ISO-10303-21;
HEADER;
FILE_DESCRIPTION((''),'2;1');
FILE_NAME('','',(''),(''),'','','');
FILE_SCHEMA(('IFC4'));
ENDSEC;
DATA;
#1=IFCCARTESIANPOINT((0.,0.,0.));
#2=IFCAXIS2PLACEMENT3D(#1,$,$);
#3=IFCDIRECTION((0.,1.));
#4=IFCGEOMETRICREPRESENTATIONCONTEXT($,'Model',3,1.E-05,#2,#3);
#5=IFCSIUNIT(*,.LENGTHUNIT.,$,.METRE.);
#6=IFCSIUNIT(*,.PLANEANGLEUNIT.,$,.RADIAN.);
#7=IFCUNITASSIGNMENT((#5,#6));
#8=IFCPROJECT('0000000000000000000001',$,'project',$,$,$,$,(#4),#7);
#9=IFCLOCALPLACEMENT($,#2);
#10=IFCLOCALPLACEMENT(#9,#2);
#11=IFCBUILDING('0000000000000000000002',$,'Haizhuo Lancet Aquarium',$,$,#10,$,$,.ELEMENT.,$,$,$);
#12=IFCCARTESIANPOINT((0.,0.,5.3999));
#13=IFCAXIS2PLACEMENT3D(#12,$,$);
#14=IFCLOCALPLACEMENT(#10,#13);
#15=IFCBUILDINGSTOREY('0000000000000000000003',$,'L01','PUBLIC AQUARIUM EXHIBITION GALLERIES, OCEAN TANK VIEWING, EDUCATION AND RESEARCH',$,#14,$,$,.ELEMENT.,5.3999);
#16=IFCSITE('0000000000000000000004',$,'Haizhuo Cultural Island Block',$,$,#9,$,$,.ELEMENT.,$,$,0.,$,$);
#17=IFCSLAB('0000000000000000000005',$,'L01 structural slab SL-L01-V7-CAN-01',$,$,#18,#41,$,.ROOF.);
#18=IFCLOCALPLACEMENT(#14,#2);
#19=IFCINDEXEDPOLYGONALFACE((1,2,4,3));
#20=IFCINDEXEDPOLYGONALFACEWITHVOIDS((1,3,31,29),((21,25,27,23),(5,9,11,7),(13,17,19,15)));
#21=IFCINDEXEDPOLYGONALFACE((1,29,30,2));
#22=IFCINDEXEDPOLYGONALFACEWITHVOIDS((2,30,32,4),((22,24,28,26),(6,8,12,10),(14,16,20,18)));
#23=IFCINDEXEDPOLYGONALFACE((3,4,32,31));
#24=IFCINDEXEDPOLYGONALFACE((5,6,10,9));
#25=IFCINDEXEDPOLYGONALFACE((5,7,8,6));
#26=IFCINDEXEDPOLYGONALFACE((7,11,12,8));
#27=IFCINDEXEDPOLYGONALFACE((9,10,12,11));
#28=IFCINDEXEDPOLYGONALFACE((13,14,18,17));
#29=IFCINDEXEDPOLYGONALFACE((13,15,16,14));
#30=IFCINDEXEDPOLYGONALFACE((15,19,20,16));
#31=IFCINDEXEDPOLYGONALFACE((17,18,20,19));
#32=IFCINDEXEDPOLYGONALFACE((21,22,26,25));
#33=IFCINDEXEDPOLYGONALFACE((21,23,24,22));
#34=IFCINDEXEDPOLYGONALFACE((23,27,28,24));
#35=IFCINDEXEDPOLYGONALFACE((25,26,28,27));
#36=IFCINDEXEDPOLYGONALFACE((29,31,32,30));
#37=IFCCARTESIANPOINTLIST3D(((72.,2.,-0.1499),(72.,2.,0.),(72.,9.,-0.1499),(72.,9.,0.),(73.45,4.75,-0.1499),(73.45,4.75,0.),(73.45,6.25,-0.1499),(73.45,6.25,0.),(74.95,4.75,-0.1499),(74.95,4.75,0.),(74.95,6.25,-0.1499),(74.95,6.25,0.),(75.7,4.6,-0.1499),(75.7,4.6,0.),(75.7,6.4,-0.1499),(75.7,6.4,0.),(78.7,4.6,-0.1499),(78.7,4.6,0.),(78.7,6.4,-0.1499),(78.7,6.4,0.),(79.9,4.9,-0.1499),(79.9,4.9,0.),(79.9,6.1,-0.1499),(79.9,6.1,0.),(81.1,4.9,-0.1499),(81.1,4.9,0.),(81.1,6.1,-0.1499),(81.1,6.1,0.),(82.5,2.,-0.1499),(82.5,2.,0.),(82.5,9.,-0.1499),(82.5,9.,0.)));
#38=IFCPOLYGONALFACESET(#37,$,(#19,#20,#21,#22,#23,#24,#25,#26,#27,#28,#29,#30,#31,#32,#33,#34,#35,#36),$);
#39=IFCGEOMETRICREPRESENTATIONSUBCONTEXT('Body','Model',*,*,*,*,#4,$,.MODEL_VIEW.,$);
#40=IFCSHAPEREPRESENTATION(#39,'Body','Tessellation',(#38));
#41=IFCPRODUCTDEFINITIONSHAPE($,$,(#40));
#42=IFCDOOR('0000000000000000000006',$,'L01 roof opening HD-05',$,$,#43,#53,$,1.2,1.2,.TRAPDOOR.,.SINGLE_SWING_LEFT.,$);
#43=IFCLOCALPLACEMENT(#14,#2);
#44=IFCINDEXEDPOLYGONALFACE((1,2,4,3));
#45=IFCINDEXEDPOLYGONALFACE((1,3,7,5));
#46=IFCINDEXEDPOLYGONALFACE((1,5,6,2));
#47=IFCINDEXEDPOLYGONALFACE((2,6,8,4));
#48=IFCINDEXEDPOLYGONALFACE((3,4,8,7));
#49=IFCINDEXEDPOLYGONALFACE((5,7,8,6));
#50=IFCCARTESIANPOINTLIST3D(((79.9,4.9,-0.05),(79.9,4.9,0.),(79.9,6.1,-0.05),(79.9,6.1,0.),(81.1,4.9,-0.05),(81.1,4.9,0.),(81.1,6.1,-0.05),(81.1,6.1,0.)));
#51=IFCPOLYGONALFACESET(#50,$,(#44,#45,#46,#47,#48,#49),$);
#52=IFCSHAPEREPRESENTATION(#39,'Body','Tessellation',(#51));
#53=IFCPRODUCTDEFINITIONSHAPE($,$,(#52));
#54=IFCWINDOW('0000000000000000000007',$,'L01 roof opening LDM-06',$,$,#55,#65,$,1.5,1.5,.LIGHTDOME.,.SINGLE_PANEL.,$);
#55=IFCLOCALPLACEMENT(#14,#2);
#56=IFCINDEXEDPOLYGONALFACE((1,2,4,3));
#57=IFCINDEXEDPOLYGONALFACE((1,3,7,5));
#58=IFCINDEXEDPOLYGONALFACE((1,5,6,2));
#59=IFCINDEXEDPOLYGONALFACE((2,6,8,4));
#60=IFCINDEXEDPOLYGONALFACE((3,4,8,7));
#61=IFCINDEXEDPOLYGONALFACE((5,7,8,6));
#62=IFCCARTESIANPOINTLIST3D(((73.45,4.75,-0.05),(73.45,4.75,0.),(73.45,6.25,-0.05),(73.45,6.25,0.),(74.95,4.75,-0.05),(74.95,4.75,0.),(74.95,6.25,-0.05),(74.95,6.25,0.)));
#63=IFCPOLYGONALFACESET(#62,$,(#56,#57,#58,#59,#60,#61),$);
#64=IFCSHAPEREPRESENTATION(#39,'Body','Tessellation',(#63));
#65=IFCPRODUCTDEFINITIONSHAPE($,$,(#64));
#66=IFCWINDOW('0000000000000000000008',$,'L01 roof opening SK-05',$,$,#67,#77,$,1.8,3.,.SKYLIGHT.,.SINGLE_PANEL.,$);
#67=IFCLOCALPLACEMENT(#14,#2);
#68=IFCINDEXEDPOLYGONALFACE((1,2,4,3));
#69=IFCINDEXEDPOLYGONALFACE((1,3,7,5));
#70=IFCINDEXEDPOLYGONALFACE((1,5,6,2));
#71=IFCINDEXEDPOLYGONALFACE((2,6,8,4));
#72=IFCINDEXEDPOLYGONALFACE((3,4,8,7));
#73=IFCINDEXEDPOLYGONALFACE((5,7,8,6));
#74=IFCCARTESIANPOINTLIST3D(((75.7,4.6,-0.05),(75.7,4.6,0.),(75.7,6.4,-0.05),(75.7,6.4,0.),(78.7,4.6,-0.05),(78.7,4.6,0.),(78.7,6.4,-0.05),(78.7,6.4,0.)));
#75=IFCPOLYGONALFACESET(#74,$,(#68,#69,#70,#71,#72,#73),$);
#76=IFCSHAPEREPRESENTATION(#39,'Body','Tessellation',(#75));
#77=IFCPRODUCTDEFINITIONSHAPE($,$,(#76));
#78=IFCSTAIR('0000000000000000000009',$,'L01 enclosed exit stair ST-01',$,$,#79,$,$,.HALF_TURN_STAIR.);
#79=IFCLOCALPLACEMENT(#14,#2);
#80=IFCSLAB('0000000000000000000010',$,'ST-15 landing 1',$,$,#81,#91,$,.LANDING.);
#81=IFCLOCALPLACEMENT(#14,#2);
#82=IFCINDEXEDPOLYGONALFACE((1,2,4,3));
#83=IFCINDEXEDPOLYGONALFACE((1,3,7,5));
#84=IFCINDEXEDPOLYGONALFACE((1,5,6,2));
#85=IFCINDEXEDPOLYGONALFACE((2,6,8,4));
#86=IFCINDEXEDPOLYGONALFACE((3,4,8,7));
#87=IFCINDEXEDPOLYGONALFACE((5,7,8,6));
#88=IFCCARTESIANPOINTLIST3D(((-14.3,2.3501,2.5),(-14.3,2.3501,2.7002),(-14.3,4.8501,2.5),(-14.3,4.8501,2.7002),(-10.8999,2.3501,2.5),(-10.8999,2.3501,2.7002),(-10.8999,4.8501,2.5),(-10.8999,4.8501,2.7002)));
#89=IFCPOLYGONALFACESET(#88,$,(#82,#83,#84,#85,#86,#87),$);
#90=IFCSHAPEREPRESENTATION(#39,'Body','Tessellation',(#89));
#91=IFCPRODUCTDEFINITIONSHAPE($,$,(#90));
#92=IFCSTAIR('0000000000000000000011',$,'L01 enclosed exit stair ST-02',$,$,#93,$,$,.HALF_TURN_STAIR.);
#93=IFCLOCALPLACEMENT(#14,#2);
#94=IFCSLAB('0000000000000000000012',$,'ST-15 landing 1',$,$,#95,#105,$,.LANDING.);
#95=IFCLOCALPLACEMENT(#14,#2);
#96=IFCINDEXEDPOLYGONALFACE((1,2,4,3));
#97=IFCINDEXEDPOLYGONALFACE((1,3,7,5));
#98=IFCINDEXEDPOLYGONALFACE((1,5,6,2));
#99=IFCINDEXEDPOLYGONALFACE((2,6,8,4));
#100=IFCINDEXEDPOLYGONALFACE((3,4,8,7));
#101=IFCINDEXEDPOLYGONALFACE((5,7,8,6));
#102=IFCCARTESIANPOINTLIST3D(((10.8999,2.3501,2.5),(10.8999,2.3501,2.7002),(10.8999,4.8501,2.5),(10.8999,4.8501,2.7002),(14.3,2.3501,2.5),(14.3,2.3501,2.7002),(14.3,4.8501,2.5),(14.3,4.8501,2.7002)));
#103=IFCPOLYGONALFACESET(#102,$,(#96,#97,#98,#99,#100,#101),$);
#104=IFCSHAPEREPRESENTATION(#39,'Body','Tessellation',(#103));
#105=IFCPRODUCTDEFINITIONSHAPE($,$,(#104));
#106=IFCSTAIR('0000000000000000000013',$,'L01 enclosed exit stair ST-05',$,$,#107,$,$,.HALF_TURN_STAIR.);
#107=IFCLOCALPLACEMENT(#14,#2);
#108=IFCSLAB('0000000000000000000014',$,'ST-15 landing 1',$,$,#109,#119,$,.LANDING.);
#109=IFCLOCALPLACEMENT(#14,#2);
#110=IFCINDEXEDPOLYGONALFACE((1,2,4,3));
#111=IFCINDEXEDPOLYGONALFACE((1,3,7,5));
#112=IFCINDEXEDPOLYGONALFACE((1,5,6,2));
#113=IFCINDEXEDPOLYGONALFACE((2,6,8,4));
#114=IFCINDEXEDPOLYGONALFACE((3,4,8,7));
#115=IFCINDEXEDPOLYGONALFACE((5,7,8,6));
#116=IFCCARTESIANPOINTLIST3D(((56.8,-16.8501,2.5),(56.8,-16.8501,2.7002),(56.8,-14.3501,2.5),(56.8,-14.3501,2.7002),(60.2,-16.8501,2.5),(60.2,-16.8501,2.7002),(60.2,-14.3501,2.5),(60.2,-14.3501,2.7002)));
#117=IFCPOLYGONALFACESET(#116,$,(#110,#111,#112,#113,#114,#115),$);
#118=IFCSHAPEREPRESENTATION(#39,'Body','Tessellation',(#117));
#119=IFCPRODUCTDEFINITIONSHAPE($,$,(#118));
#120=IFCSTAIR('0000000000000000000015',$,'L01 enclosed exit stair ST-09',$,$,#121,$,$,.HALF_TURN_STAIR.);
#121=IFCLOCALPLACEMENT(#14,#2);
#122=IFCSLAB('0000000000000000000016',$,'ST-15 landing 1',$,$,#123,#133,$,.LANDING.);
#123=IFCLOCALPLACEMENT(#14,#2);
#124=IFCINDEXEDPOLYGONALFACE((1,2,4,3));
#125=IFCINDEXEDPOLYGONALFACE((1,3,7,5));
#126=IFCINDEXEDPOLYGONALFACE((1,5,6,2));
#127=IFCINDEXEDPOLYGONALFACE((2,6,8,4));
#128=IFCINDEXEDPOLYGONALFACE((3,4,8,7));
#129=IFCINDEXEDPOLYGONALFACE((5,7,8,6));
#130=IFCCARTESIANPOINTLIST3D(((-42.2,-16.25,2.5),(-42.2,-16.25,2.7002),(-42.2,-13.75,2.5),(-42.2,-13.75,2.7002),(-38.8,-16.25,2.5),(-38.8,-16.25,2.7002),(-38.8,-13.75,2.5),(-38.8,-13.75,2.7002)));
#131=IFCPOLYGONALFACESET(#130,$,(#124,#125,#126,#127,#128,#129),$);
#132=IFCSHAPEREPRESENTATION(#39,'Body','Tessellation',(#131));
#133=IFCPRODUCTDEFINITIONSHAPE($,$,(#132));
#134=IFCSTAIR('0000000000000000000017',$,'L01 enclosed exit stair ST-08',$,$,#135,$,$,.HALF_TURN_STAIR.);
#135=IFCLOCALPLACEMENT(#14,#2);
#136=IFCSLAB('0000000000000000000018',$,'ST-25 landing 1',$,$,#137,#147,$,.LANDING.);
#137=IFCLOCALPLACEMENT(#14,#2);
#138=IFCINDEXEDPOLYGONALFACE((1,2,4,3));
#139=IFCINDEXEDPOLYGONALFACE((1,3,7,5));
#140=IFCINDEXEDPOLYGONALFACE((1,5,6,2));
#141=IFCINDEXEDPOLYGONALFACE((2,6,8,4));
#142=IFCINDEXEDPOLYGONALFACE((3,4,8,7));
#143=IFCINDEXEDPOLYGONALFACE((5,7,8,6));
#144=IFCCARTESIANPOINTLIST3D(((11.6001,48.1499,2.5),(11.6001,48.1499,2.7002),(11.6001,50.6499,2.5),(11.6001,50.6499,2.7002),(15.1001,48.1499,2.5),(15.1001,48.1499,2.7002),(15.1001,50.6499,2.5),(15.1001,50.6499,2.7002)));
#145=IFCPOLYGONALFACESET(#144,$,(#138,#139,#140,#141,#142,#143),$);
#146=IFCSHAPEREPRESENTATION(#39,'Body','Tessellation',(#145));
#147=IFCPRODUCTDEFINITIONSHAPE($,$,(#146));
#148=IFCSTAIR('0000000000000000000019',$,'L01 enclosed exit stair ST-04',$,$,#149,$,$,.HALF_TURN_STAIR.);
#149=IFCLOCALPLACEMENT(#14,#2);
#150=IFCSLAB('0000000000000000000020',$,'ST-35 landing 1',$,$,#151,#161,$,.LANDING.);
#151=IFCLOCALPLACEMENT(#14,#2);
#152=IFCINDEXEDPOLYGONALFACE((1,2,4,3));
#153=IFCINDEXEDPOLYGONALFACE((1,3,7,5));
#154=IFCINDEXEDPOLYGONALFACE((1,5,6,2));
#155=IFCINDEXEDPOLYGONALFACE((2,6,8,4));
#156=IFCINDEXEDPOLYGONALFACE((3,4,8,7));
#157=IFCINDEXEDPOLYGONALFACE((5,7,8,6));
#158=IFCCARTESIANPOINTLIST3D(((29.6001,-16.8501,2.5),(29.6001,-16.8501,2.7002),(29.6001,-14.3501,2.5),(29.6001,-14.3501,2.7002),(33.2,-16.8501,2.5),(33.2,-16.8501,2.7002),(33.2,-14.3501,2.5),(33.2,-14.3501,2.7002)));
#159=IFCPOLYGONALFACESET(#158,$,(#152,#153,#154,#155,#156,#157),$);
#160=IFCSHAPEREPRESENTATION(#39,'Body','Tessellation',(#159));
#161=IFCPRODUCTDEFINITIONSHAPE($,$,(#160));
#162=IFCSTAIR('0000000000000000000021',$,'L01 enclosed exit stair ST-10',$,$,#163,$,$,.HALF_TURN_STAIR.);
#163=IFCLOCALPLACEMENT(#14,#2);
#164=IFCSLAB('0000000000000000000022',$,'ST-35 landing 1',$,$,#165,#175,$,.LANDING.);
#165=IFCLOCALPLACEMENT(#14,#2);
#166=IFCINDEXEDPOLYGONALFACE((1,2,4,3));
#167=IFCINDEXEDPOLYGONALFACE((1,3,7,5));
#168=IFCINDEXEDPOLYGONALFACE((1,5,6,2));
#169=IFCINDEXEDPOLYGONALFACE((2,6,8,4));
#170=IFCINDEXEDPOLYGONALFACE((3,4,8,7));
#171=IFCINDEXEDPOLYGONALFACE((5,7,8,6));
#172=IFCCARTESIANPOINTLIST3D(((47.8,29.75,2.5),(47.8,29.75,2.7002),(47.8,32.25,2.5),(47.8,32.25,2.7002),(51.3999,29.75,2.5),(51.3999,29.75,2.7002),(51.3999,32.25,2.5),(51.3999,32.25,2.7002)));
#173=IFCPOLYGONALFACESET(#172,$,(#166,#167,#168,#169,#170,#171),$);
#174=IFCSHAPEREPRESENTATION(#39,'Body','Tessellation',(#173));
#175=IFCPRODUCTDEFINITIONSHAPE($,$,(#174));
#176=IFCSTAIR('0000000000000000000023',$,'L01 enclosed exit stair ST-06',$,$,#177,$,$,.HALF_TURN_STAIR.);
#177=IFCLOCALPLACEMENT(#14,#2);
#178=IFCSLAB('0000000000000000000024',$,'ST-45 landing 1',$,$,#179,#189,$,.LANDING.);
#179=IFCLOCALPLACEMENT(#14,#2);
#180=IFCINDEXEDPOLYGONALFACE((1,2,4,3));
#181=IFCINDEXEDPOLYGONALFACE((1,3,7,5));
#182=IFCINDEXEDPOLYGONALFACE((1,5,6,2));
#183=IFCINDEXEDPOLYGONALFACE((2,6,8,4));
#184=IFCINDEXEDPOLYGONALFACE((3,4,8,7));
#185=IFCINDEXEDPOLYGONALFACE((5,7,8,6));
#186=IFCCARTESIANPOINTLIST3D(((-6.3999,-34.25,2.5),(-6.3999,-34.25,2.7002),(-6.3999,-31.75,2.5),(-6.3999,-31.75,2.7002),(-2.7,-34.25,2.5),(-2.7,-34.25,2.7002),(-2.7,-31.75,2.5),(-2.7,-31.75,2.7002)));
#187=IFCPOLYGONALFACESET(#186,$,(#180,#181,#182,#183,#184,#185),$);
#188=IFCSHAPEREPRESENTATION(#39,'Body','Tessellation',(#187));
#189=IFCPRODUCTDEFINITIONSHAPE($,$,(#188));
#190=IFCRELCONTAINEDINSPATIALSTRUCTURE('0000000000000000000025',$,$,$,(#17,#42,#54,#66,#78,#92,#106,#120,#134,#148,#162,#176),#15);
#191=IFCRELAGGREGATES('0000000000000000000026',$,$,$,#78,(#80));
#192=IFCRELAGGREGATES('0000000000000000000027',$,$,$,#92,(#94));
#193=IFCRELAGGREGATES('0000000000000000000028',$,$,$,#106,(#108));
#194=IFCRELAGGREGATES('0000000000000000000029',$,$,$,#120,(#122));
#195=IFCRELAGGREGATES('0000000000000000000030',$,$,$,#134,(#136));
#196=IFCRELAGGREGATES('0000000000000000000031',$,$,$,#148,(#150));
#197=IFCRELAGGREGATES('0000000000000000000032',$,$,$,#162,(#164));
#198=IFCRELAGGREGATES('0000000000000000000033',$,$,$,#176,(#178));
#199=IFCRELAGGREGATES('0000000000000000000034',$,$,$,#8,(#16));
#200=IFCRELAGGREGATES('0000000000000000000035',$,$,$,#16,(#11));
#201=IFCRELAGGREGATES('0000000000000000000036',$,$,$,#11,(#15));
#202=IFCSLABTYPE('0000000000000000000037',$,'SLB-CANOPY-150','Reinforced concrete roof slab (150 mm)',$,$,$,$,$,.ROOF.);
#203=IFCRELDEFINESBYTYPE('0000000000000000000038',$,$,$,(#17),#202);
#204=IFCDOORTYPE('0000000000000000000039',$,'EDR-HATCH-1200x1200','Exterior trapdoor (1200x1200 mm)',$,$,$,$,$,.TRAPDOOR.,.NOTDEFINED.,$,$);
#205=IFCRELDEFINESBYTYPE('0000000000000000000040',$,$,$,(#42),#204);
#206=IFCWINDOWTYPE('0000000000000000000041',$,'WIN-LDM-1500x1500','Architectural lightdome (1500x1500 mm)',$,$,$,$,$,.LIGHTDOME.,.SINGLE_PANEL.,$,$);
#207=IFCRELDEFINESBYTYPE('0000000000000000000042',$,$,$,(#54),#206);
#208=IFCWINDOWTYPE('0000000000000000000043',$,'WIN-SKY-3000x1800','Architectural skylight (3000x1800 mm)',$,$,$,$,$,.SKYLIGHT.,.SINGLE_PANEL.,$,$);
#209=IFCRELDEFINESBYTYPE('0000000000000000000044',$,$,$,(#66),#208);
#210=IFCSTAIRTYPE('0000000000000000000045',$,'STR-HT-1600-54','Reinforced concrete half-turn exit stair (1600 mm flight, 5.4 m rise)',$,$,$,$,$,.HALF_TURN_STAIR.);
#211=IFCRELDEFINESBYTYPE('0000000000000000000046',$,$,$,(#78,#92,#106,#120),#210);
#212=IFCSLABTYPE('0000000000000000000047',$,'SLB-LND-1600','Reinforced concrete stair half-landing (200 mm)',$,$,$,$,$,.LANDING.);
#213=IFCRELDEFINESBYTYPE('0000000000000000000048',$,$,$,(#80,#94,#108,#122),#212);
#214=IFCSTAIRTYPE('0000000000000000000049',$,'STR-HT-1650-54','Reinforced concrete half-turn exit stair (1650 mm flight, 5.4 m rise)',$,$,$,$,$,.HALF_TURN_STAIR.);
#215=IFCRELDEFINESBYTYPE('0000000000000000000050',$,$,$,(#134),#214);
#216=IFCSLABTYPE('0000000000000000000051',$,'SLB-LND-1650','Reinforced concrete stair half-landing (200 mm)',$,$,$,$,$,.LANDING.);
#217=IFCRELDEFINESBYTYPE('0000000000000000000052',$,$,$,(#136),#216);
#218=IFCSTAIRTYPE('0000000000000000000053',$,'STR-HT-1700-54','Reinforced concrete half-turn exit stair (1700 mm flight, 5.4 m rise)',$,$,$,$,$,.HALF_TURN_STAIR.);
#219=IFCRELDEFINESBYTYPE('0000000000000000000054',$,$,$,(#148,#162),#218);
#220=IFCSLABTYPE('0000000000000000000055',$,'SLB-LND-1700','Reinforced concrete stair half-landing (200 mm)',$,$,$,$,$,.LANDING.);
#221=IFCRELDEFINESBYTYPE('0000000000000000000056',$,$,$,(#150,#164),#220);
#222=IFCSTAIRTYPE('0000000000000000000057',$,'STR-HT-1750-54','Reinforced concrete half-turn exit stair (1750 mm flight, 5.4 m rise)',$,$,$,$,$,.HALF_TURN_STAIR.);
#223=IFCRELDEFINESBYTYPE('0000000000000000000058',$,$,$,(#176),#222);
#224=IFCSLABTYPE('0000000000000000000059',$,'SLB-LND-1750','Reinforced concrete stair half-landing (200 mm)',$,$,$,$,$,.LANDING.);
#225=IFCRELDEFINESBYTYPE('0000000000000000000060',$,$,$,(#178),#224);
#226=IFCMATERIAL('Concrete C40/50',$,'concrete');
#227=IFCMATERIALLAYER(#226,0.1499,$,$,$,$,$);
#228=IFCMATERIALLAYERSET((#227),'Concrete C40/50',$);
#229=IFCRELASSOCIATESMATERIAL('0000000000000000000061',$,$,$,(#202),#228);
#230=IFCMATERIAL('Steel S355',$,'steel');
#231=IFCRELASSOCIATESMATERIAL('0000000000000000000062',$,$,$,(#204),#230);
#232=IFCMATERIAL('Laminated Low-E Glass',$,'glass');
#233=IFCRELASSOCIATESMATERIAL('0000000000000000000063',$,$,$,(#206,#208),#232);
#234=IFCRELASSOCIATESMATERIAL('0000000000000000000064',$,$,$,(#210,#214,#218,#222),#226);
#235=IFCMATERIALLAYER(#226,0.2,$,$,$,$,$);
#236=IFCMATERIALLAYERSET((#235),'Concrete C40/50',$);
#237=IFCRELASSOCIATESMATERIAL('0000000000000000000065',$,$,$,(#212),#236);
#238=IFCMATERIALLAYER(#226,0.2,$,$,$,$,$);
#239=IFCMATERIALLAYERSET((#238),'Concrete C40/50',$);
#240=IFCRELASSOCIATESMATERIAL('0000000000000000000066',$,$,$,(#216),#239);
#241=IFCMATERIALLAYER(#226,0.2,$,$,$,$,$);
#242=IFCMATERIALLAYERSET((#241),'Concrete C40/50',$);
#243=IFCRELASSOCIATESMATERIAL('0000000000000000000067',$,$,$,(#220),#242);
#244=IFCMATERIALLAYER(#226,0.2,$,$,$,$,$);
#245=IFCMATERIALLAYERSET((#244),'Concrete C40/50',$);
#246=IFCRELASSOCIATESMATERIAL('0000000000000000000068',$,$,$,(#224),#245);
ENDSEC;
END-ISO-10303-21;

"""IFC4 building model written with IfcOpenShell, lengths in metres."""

from ifc_helpers import new_model, si_unit, direction, frame, origin, origin_2d, place, context, subcontext, project, spatial, polyline, rectangle, outline, extrude, material, layer, layer_set, type_object, element, fill, aggregate, save


model = new_model("IFC4")

# Units and contexts
model_context = context("Model", 3, precision=1e-05, world=origin(), true_north=direction((0.0, 1.0)))
body_context = subcontext(model_context, "Body", "Model", "MODEL_VIEW")
ifc_project = project(units=[si_unit("LENGTHUNIT", "METRE"), si_unit("PLANEANGLEUNIT", "RADIAN")], contexts=[model_context])

# Site, building, storey
site_placement = place(None, origin())
site = spatial("IfcSite", under=ifc_project, at=site_placement, Name="Haizhuo Cultural Island Block", CompositionType="ELEMENT", RefElevation=0.0)
building_placement = place(site_placement, origin())
building = spatial("IfcBuilding", under=site, at=building_placement, Name="Haizhuo Lancet Aquarium", CompositionType="ELEMENT")
storey_placement = place(building_placement, frame((0.0, 0.0, 5.3999)))
storey = spatial("IfcBuildingStorey", under=building, at=storey_placement, Name="L01", Description="PUBLIC AQUARIUM EXHIBITION GALLERIES, OCEAN TANK VIEWING, EDUCATION AND RESEARCH", CompositionType="ELEMENT", Elevation=5.3999)

# Shared definitions
ifc_material_1 = material(Name="Concrete C40/50", Category="concrete")
ifc_material_2 = material(Name="Steel S355", Category="steel")

# Slab, openings, door, windows
ifc_layer_1 = layer(ifc_material_1, 0.1499)
ifc_layer_set_1 = layer_set([ifc_layer_1], Name="Concrete C40/50")
slab_type_1 = type_object("IfcSlabType", Name="SLB-CANOPY-150", Description="Reinforced concrete roof slab (150 mm)", PredefinedType="ROOF", material=ifc_layer_set_1)
slab_1_placement = place(storey_placement, frame((0.0, 0.0, -0.1499)))
slab_1 = element("IfcSlab", 1, at=slab_1_placement, inside=storey, type_object=slab_type_1, Name="L01 structural slab SL-L01-V7-CAN-01", PredefinedType="ROOF", context=body_context, shape_type="SweptSolid", body=[
    extrude(outline(polyline([(72.0, 2.0), (82.5, 2.0), (82.5, 9.0), (72.0, 9.0), (72.0, 2.0)])), origin(), (0.0, 0.0, 1.0), 0.1499),
])
opening_1_placement = place(slab_1_placement, frame((77.2, 5.5, 0.0)))
opening_1 = element("IfcOpeningElement", 2, at=opening_1_placement, cuts=slab_1, PredefinedType="OPENING", context=body_context, shape_type="SweptSolid", body=[
    extrude(rectangle(XDim=3.0, YDim=1.8, at=origin_2d()), origin(), (0.0, 0.0, 1.0), 0.1499),
])
opening_2_placement = place(slab_1_placement, frame((74.2, 5.5, 0.0)))
opening_2 = element("IfcOpeningElement", 3, at=opening_2_placement, cuts=slab_1, PredefinedType="OPENING", context=body_context, shape_type="SweptSolid", body=[
    extrude(rectangle(XDim=1.5, YDim=1.5, at=origin_2d()), origin(), (0.0, 0.0, 1.0), 0.1499),
])
opening_3_placement = place(slab_1_placement, frame((80.5, 5.5, 0.0)))
opening_3 = element("IfcOpeningElement", 4, at=opening_3_placement, cuts=slab_1, PredefinedType="OPENING", context=body_context, shape_type="SweptSolid", body=[
    extrude(rectangle(XDim=1.2, YDim=1.2, at=origin_2d()), origin(), (0.0, 0.0, 1.0), 0.1499),
])
door_type = type_object("IfcDoorType", Name="EDR-HATCH-1200x1200", Description="Exterior trapdoor (1200x1200 mm)", OperationType="NOTDEFINED", PredefinedType="TRAPDOOR", material=ifc_material_2)
door_placement = place(opening_3_placement, frame((0.0, 0.0, 0.0999)))
door = element("IfcDoor", 5, at=door_placement, inside=storey, type_object=door_type, Name="L01 roof opening HD-05", OperationType="SINGLE_SWING_LEFT", OverallHeight=1.2, OverallWidth=1.2, PredefinedType="TRAPDOOR", context=body_context, shape_type="SweptSolid", body=[
    extrude(rectangle(XDim=1.2, YDim=1.2, at=origin_2d()), origin(), (0.0, 0.0, 1.0), 0.05),
])
fill(opening_3, door)
ifc_material_3 = material(Name="Laminated Low-E Glass", Category="glass")
window_type_1 = type_object("IfcWindowType", Name="WIN-LDM-1500x1500", Description="Architectural lightdome (1500x1500 mm)", PartitioningType="SINGLE_PANEL", PredefinedType="LIGHTDOME", material=ifc_material_3)
window_1_placement = place(opening_2_placement, frame((0.0, 0.0, 0.0999)))
window_1 = element("IfcWindow", 6, at=window_1_placement, inside=storey, type_object=window_type_1, Name="L01 roof opening LDM-06", OverallHeight=1.5, OverallWidth=1.5, PartitioningType="SINGLE_PANEL", PredefinedType="LIGHTDOME", context=body_context, shape_type="SweptSolid", body=[
    extrude(rectangle(XDim=1.5, YDim=1.5, at=origin_2d()), origin(), (0.0, 0.0, 1.0), 0.05),
])
fill(opening_2, window_1)
window_type_2 = type_object("IfcWindowType", Name="WIN-SKY-3000x1800", Description="Architectural skylight (3000x1800 mm)", PartitioningType="SINGLE_PANEL", PredefinedType="SKYLIGHT", material=ifc_material_3)
window_2_placement = place(opening_1_placement, frame((0.0, 0.0, 0.0999)))
window_2 = element("IfcWindow", 7, at=window_2_placement, inside=storey, type_object=window_type_2, Name="L01 roof opening SK-05", OverallHeight=1.8, OverallWidth=3.0, PartitioningType="SINGLE_PANEL", PredefinedType="SKYLIGHT", context=body_context, shape_type="SweptSolid", body=[
    extrude(rectangle(XDim=3.0, YDim=1.8, at=origin_2d()), origin(), (0.0, 0.0, 1.0), 0.05),
])
fill(opening_1, window_2)

# Stairs, slabs
stair_type_1 = type_object("IfcStairType", Name="STR-HT-1600-54", Description="Reinforced concrete half-turn exit stair (1600 mm flight, 5.4 m rise)", PredefinedType="HALF_TURN_STAIR", material=ifc_material_1)
stair_1_placement = place(storey_placement, origin())
stair_1 = element("IfcStair", 8, at=stair_1_placement, inside=storey, type_object=stair_type_1, Name="L01 enclosed exit stair ST-01", PredefinedType="HALF_TURN_STAIR")
ifc_layer_2 = layer(ifc_material_1, 0.2)
ifc_layer_set_2 = layer_set([ifc_layer_2], Name="Concrete C40/50")
slab_type_2 = type_object("IfcSlabType", Name="SLB-LND-1600", Description="Reinforced concrete stair half-landing (200 mm)", PredefinedType="LANDING", material=ifc_layer_set_2)
slab_2_placement = place(storey_placement, frame((0.0, 0.0, 2.5)))
slab_2 = element("IfcSlab", 9, at=slab_2_placement, type_object=slab_type_2, Name="ST-15 landing 1", PredefinedType="LANDING", context=body_context, shape_type="SweptSolid", body=[
    extrude(outline(polyline([(-10.8999, 2.3501), (-10.8999, 4.8501), (-14.3, 4.8501), (-14.3, 2.3501), (-10.8999, 2.3501)])), origin(), (0.0, 0.0, 1.0), 0.2002),
])
aggregate(stair_1, [slab_2])
stair_2_placement = place(storey_placement, origin())
stair_2 = element("IfcStair", 10, at=stair_2_placement, inside=storey, type_object=stair_type_1, Name="L01 enclosed exit stair ST-02", PredefinedType="HALF_TURN_STAIR")
slab_3_placement = place(storey_placement, frame((0.0, 0.0, 2.5)))
slab_3 = element("IfcSlab", 11, at=slab_3_placement, type_object=slab_type_2, Name="ST-15 landing 1", PredefinedType="LANDING", context=body_context, shape_type="SweptSolid", body=[
    extrude(outline(polyline([(14.3, 2.3501), (14.3, 4.8501), (10.8999, 4.8501), (10.8999, 2.3501), (14.3, 2.3501)])), origin(), (0.0, 0.0, 1.0), 0.2002),
])
aggregate(stair_2, [slab_3])
stair_3_placement = place(storey_placement, origin())
stair_3 = element("IfcStair", 12, at=stair_3_placement, inside=storey, type_object=stair_type_1, Name="L01 enclosed exit stair ST-05", PredefinedType="HALF_TURN_STAIR")
slab_4_placement = place(storey_placement, frame((0.0, 0.0, 2.5)))
slab_4 = element("IfcSlab", 13, at=slab_4_placement, type_object=slab_type_2, Name="ST-15 landing 1", PredefinedType="LANDING", context=body_context, shape_type="SweptSolid", body=[
    extrude(outline(polyline([(60.2, -16.8501), (60.2, -14.3501), (56.8, -14.3501), (56.8, -16.8501), (60.2, -16.8501)])), origin(), (0.0, 0.0, 1.0), 0.2002),
])
aggregate(stair_3, [slab_4])
stair_4_placement = place(storey_placement, origin())
stair_4 = element("IfcStair", 14, at=stair_4_placement, inside=storey, type_object=stair_type_1, Name="L01 enclosed exit stair ST-09", PredefinedType="HALF_TURN_STAIR")
slab_5_placement = place(storey_placement, frame((0.0, 0.0, 2.5)))
slab_5 = element("IfcSlab", 15, at=slab_5_placement, type_object=slab_type_2, Name="ST-15 landing 1", PredefinedType="LANDING", context=body_context, shape_type="SweptSolid", body=[
    extrude(outline(polyline([(-38.8, -16.25), (-38.8, -13.75), (-42.2, -13.75), (-42.2, -16.25), (-38.8, -16.25)])), origin(), (0.0, 0.0, 1.0), 0.2002),
])
aggregate(stair_4, [slab_5])
stair_type_2 = type_object("IfcStairType", Name="STR-HT-1650-54", Description="Reinforced concrete half-turn exit stair (1650 mm flight, 5.4 m rise)", PredefinedType="HALF_TURN_STAIR", material=ifc_material_1)
stair_5_placement = place(storey_placement, origin())
stair_5 = element("IfcStair", 16, at=stair_5_placement, inside=storey, type_object=stair_type_2, Name="L01 enclosed exit stair ST-08", PredefinedType="HALF_TURN_STAIR")
ifc_layer_3 = layer(ifc_material_1, 0.2)
ifc_layer_set_3 = layer_set([ifc_layer_3], Name="Concrete C40/50")
slab_type_3 = type_object("IfcSlabType", Name="SLB-LND-1650", Description="Reinforced concrete stair half-landing (200 mm)", PredefinedType="LANDING", material=ifc_layer_set_3)
slab_6_placement = place(storey_placement, frame((0.0, 0.0, 2.5)))
slab_6 = element("IfcSlab", 17, at=slab_6_placement, type_object=slab_type_3, Name="ST-25 landing 1", PredefinedType="LANDING", context=body_context, shape_type="SweptSolid", body=[
    extrude(outline(polyline([(15.1001, 48.1499), (15.1001, 50.6499), (11.6001, 50.6499), (11.6001, 48.1499), (15.1001, 48.1499)])), origin(), (0.0, 0.0, 1.0), 0.2002),
])
aggregate(stair_5, [slab_6])
stair_type_3 = type_object("IfcStairType", Name="STR-HT-1700-54", Description="Reinforced concrete half-turn exit stair (1700 mm flight, 5.4 m rise)", PredefinedType="HALF_TURN_STAIR", material=ifc_material_1)
stair_6_placement = place(storey_placement, origin())
stair_6 = element("IfcStair", 18, at=stair_6_placement, inside=storey, type_object=stair_type_3, Name="L01 enclosed exit stair ST-04", PredefinedType="HALF_TURN_STAIR")
ifc_layer_4 = layer(ifc_material_1, 0.2)
ifc_layer_set_4 = layer_set([ifc_layer_4], Name="Concrete C40/50")
slab_type_4 = type_object("IfcSlabType", Name="SLB-LND-1700", Description="Reinforced concrete stair half-landing (200 mm)", PredefinedType="LANDING", material=ifc_layer_set_4)
slab_7_placement = place(storey_placement, frame((0.0, 0.0, 2.5)))
slab_7 = element("IfcSlab", 19, at=slab_7_placement, type_object=slab_type_4, Name="ST-35 landing 1", PredefinedType="LANDING", context=body_context, shape_type="SweptSolid", body=[
    extrude(outline(polyline([(33.2, -16.8501), (33.2, -14.3501), (29.6001, -14.3501), (29.6001, -16.8501), (33.2, -16.8501)])), origin(), (0.0, 0.0, 1.0), 0.2002),
])
aggregate(stair_6, [slab_7])
stair_7_placement = place(storey_placement, origin())
stair_7 = element("IfcStair", 20, at=stair_7_placement, inside=storey, type_object=stair_type_3, Name="L01 enclosed exit stair ST-10", PredefinedType="HALF_TURN_STAIR")
slab_8_placement = place(storey_placement, frame((0.0, 0.0, 2.5)))
slab_8 = element("IfcSlab", 21, at=slab_8_placement, type_object=slab_type_4, Name="ST-35 landing 1", PredefinedType="LANDING", context=body_context, shape_type="SweptSolid", body=[
    extrude(outline(polyline([(51.3999, 29.75), (51.3999, 32.25), (47.8, 32.25), (47.8, 29.75), (51.3999, 29.75)])), origin(), (0.0, 0.0, 1.0), 0.2002),
])
aggregate(stair_7, [slab_8])
stair_type_4 = type_object("IfcStairType", Name="STR-HT-1750-54", Description="Reinforced concrete half-turn exit stair (1750 mm flight, 5.4 m rise)", PredefinedType="HALF_TURN_STAIR", material=ifc_material_1)
stair_8_placement = place(storey_placement, origin())
stair_8 = element("IfcStair", 22, at=stair_8_placement, inside=storey, type_object=stair_type_4, Name="L01 enclosed exit stair ST-06", PredefinedType="HALF_TURN_STAIR")
ifc_layer_5 = layer(ifc_material_1, 0.2)
ifc_layer_set_5 = layer_set([ifc_layer_5], Name="Concrete C40/50")
slab_type_5 = type_object("IfcSlabType", Name="SLB-LND-1750", Description="Reinforced concrete stair half-landing (200 mm)", PredefinedType="LANDING", material=ifc_layer_set_5)
slab_9_placement = place(storey_placement, frame((0.0, 0.0, 2.5)))
slab_9 = element("IfcSlab", 23, at=slab_9_placement, type_object=slab_type_5, Name="ST-45 landing 1", PredefinedType="LANDING", context=body_context, shape_type="SweptSolid", body=[
    extrude(outline(polyline([(-2.7, -34.25), (-2.7, -31.75), (-6.3999, -31.75), (-6.3999, -34.25), (-2.7, -34.25)])), origin(), (0.0, 0.0, 1.0), 0.2002),
])
aggregate(stair_8, [slab_9])

save(model, "model.ifc")
